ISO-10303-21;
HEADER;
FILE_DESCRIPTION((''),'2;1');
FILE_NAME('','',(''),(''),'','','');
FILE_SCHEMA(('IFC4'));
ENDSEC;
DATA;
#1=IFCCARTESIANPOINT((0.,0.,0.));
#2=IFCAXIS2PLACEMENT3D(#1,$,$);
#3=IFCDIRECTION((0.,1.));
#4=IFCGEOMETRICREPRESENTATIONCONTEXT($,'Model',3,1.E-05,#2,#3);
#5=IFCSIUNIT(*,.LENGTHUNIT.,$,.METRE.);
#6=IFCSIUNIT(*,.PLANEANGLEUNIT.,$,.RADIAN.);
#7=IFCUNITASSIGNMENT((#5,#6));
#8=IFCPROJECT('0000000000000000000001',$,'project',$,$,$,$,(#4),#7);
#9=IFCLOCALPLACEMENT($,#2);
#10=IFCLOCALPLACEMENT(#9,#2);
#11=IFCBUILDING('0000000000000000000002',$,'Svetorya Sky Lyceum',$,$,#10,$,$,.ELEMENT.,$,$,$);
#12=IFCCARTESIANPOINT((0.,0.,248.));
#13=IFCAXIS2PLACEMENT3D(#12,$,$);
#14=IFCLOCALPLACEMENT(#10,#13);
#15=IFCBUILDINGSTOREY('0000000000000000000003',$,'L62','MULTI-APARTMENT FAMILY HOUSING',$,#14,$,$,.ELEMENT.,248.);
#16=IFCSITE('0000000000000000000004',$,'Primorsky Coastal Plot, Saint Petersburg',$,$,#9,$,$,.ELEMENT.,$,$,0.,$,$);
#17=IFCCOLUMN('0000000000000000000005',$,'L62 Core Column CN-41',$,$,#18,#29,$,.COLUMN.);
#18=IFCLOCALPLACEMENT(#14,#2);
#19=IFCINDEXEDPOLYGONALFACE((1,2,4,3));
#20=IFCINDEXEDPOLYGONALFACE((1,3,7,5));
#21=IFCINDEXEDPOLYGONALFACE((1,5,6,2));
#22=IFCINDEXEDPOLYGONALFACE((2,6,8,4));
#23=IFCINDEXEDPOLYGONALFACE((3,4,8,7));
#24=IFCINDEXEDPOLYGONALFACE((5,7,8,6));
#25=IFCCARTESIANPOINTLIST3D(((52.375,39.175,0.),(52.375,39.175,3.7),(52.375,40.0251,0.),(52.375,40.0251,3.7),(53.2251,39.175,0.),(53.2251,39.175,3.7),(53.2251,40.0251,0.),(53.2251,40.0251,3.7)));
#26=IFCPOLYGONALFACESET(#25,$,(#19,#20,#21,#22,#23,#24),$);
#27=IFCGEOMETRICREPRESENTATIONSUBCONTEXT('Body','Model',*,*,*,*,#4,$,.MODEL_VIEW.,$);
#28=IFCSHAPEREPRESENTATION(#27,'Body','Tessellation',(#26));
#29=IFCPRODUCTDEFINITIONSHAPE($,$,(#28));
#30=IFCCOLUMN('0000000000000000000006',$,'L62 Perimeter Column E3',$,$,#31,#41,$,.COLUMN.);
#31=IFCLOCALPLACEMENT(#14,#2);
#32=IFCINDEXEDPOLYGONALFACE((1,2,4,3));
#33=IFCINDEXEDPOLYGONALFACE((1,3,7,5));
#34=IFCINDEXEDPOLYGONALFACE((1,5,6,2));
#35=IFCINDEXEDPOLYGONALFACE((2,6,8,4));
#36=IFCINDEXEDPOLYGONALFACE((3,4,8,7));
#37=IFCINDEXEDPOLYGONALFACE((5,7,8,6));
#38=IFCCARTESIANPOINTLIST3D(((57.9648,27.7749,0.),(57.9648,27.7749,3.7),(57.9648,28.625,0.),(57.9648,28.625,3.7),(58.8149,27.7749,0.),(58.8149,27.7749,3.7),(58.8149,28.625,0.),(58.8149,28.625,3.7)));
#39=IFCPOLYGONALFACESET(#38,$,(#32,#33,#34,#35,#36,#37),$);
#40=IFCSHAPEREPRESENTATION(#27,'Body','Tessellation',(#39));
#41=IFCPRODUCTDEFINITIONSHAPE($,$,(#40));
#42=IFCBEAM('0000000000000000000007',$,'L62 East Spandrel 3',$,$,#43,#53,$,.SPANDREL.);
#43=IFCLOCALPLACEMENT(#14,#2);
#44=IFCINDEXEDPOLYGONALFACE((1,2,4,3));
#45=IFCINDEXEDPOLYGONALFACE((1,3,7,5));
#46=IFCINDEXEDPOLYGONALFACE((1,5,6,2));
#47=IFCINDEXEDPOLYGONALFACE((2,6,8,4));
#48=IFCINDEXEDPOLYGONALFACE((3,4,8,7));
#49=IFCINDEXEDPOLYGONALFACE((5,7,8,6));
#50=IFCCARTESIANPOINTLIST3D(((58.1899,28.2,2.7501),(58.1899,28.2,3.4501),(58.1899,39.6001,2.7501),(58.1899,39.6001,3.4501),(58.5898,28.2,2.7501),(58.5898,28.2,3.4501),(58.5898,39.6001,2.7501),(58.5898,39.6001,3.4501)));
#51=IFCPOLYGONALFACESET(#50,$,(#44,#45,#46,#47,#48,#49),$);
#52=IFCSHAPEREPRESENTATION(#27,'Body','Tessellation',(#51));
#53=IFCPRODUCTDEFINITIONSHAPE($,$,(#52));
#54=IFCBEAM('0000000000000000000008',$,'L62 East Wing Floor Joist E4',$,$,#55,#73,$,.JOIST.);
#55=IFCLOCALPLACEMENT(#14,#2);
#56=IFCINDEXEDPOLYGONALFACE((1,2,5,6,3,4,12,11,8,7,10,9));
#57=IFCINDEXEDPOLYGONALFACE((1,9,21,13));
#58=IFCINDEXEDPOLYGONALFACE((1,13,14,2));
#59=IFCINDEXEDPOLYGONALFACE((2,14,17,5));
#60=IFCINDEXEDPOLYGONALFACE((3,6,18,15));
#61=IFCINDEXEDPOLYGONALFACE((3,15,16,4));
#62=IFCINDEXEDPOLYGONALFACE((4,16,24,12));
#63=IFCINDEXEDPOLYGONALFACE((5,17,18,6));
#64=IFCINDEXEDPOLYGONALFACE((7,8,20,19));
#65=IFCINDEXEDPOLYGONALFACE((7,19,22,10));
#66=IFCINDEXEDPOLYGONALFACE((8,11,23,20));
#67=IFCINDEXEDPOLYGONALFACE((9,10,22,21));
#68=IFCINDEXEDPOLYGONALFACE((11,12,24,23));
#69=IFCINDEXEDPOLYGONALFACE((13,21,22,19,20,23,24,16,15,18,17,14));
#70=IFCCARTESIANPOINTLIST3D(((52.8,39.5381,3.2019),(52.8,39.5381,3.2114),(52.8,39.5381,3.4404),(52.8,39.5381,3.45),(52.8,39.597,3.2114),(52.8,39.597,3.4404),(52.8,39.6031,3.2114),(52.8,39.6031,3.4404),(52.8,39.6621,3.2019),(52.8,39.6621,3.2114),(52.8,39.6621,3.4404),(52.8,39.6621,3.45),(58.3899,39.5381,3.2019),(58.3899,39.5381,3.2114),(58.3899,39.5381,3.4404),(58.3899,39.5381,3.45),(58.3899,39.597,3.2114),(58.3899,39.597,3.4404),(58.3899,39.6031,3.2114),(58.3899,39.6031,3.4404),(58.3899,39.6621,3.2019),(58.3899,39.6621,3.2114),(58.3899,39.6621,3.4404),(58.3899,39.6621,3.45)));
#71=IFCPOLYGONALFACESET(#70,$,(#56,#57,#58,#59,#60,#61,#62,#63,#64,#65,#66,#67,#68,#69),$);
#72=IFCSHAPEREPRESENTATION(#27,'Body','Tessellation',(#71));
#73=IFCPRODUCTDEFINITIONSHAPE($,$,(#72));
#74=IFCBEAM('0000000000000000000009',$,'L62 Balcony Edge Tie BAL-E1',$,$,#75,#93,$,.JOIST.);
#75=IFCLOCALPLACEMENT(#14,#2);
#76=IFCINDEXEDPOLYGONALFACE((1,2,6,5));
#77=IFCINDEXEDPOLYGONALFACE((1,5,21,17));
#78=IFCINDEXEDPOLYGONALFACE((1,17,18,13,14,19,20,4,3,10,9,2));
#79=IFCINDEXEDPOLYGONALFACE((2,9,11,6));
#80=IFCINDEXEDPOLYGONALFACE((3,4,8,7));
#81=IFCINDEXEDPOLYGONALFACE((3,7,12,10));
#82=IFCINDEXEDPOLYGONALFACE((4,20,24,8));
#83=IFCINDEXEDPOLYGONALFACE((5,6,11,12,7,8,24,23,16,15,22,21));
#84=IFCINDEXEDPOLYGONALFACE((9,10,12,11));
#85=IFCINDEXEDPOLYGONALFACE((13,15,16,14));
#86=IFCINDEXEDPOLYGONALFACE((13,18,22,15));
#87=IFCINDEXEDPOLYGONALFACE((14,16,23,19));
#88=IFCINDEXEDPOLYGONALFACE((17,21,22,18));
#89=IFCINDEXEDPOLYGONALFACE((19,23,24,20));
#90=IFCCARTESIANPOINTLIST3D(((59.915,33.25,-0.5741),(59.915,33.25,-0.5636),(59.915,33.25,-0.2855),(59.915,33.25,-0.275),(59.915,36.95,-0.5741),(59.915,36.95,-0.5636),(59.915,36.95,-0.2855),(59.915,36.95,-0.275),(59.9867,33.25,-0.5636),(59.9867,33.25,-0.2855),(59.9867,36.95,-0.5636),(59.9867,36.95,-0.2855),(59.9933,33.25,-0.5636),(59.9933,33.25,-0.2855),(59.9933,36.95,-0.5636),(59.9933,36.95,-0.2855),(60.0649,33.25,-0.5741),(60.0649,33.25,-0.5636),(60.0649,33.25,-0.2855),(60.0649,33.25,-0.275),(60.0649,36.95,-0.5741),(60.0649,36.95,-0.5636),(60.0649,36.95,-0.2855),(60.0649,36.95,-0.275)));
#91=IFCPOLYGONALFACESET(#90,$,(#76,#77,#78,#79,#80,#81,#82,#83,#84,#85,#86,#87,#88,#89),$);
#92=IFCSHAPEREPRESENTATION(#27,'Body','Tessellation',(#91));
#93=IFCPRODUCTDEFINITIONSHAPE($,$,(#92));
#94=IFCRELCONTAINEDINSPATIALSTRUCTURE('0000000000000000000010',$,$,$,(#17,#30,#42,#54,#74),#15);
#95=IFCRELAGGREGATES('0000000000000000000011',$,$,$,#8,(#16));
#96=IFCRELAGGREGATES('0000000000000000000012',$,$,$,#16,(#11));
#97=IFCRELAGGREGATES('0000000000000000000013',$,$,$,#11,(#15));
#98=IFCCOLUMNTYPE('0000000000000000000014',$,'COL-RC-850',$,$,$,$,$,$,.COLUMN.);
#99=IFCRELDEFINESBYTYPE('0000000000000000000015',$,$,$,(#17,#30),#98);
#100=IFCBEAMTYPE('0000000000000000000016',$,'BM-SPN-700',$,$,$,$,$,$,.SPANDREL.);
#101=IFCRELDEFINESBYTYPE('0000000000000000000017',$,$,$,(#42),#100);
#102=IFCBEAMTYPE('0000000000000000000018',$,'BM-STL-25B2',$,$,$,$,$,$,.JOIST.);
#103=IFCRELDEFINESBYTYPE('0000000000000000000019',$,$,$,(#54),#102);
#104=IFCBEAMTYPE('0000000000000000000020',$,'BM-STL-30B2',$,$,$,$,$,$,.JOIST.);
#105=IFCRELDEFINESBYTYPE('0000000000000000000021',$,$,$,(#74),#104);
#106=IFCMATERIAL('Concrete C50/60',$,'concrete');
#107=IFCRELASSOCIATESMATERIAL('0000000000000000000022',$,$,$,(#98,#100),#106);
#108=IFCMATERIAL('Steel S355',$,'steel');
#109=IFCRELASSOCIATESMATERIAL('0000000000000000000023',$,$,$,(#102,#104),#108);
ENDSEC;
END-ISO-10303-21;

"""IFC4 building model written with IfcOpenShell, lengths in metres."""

from ifc_helpers import new_model, si_unit, direction, frame, origin, origin_2d, place, context, subcontext, project, spatial, rectangle, i_section, extrude, material, material_profile, profile_set, type_object, element, save


model = new_model("IFC4")

# Units and contexts
model_context = context("Model", 3, precision=1e-05, world=origin(), true_north=direction((0.0, 1.0)))
body_context = subcontext(model_context, "Body", "Model", "MODEL_VIEW")
ifc_project = project(units=[si_unit("LENGTHUNIT", "METRE"), si_unit("PLANEANGLEUNIT", "RADIAN")], contexts=[model_context])

# Site, building, storey
site_placement = place(None, origin())
site = spatial("IfcSite", under=ifc_project, at=site_placement, Name="Primorsky Coastal Plot, Saint Petersburg", CompositionType="ELEMENT", RefElevation=0.0)
building_placement = place(site_placement, origin())
building = spatial("IfcBuilding", under=site, at=building_placement, Name="Svetorya Sky Lyceum", CompositionType="ELEMENT")
storey_placement = place(building_placement, frame((0.0, 0.0, 248.0)))
storey = spatial("IfcBuildingStorey", under=building, at=storey_placement, Name="L62", Description="MULTI-APARTMENT FAMILY HOUSING", CompositionType="ELEMENT", Elevation=248.0)

# Columns
ifc_material_1 = material(Name="Concrete C50/60", Category="concrete")
ifc_material_profile_1 = material_profile(ifc_material_1, rectangle(XDim=0.8501, YDim=0.8501, at=origin_2d()), Name="RC COL 850x850")
ifc_profile_set_1 = profile_set([ifc_material_profile_1], Name="Concrete C50/60")
column_type = type_object("IfcColumnType", Name="COL-RC-850", PredefinedType="COLUMN", material=ifc_profile_set_1)
for number, where, z_axis, x_axis, name in (
    (1, (52.8, 39.6001, 0.0), (0.0, 0.0, 1.0), (1.0, 0.0, 0.0), "L62 Core Column CN-41"),
    (2, (58.3899, 28.2, 0.0), (0.0, 0.0, 1.0), (1.0, 0.0, 0.0), "L62 Perimeter Column E3"),
):
    element("IfcColumn", number, at=place(storey_placement, frame(where, z_axis=z_axis, x_axis=x_axis)), inside=storey, type_object=column_type, Name=name, PredefinedType="COLUMN", context=body_context, shape_type="SweptSolid", body=[
        extrude(rectangle(XDim=0.8501, YDim=0.8501, at=origin_2d()), origin(), (0.0, 0.0, 1.0), 3.7),
    ])

# Beams
ifc_material_profile_2 = material_profile(ifc_material_1, rectangle(XDim=0.3999, YDim=0.7, at=origin_2d()), Name="RC SPANDREL 400x700")
ifc_profile_set_2 = profile_set([ifc_material_profile_2], Name="Concrete C50/60")
beam_type_1 = type_object("IfcBeamType", Name="BM-SPN-700", PredefinedType="SPANDREL", material=ifc_profile_set_2)
beam_1_placement = place(storey_placement, frame((58.3899, 28.2, 3.1001), z_axis=(0.0, 1.0, 0.0), x_axis=(-1.0, 0.0, 0.0)))
element("IfcBeam", 3, at=beam_1_placement, inside=storey, type_object=beam_type_1, Name="L62 East Spandrel 3", PredefinedType="SPANDREL", context=body_context, shape_type="SweptSolid", body=[
    extrude(rectangle(XDim=0.3999, YDim=0.7, at=origin_2d()), origin(), (0.0, 0.0, 1.0), 11.4001),
])
ifc_material_2 = material(Name="Steel S355", Category="steel")
ifc_material_profile_3 = material_profile(ifc_material_2, i_section(OverallWidth=0.124, OverallDepth=0.248, WebThickness=0.0061, FlangeThickness=0.0095, at=origin_2d()), Name="GOST 25B2")
ifc_profile_set_3 = profile_set([ifc_material_profile_3], Name="Steel S355")
beam_type_2 = type_object("IfcBeamType", Name="BM-STL-25B2", PredefinedType="JOIST", material=ifc_profile_set_3)
beam_2_placement = place(storey_placement, frame((52.8, 39.6001, 3.3259), z_axis=(1.0, 0.0, 0.0), x_axis=(0.0, 1.0, 0.0)))
element("IfcBeam", 4, at=beam_2_placement, inside=storey, type_object=beam_type_2, Name="L62 East Wing Floor Joist E4", PredefinedType="JOIST", context=body_context, shape_type="SweptSolid", body=[
    extrude(i_section(OverallWidth=0.124, OverallDepth=0.248, WebThickness=0.0061, FlangeThickness=0.0095, at=origin_2d()), origin(), (0.0, 0.0, 1.0), 5.5898),
])
ifc_material_profile_4 = material_profile(ifc_material_2, i_section(OverallWidth=0.1499, OverallDepth=0.2991, WebThickness=0.0066, FlangeThickness=0.0105, at=origin_2d()), Name="GOST 30B2")
ifc_profile_set_4 = profile_set([ifc_material_profile_4], Name="Steel S355")
beam_type_3 = type_object("IfcBeamType", Name="BM-STL-30B2", PredefinedType="JOIST", material=ifc_profile_set_4)
beam_3_placement = place(storey_placement, frame((59.99, 33.25, -0.4246), z_axis=(0.0, 1.0, 0.0), x_axis=(-1.0, 0.0, 0.0)))
element("IfcBeam", 5, at=beam_3_placement, inside=storey, type_object=beam_type_3, Name="L62 Balcony Edge Tie BAL-E1", PredefinedType="JOIST", context=body_context, shape_type="SweptSolid", body=[
    extrude(i_section(OverallWidth=0.1499, OverallDepth=0.2991, WebThickness=0.0066, FlangeThickness=0.0105, at=origin_2d()), origin(), (0.0, 0.0, 1.0), 3.7),
])

save(model, "model.ifc")
